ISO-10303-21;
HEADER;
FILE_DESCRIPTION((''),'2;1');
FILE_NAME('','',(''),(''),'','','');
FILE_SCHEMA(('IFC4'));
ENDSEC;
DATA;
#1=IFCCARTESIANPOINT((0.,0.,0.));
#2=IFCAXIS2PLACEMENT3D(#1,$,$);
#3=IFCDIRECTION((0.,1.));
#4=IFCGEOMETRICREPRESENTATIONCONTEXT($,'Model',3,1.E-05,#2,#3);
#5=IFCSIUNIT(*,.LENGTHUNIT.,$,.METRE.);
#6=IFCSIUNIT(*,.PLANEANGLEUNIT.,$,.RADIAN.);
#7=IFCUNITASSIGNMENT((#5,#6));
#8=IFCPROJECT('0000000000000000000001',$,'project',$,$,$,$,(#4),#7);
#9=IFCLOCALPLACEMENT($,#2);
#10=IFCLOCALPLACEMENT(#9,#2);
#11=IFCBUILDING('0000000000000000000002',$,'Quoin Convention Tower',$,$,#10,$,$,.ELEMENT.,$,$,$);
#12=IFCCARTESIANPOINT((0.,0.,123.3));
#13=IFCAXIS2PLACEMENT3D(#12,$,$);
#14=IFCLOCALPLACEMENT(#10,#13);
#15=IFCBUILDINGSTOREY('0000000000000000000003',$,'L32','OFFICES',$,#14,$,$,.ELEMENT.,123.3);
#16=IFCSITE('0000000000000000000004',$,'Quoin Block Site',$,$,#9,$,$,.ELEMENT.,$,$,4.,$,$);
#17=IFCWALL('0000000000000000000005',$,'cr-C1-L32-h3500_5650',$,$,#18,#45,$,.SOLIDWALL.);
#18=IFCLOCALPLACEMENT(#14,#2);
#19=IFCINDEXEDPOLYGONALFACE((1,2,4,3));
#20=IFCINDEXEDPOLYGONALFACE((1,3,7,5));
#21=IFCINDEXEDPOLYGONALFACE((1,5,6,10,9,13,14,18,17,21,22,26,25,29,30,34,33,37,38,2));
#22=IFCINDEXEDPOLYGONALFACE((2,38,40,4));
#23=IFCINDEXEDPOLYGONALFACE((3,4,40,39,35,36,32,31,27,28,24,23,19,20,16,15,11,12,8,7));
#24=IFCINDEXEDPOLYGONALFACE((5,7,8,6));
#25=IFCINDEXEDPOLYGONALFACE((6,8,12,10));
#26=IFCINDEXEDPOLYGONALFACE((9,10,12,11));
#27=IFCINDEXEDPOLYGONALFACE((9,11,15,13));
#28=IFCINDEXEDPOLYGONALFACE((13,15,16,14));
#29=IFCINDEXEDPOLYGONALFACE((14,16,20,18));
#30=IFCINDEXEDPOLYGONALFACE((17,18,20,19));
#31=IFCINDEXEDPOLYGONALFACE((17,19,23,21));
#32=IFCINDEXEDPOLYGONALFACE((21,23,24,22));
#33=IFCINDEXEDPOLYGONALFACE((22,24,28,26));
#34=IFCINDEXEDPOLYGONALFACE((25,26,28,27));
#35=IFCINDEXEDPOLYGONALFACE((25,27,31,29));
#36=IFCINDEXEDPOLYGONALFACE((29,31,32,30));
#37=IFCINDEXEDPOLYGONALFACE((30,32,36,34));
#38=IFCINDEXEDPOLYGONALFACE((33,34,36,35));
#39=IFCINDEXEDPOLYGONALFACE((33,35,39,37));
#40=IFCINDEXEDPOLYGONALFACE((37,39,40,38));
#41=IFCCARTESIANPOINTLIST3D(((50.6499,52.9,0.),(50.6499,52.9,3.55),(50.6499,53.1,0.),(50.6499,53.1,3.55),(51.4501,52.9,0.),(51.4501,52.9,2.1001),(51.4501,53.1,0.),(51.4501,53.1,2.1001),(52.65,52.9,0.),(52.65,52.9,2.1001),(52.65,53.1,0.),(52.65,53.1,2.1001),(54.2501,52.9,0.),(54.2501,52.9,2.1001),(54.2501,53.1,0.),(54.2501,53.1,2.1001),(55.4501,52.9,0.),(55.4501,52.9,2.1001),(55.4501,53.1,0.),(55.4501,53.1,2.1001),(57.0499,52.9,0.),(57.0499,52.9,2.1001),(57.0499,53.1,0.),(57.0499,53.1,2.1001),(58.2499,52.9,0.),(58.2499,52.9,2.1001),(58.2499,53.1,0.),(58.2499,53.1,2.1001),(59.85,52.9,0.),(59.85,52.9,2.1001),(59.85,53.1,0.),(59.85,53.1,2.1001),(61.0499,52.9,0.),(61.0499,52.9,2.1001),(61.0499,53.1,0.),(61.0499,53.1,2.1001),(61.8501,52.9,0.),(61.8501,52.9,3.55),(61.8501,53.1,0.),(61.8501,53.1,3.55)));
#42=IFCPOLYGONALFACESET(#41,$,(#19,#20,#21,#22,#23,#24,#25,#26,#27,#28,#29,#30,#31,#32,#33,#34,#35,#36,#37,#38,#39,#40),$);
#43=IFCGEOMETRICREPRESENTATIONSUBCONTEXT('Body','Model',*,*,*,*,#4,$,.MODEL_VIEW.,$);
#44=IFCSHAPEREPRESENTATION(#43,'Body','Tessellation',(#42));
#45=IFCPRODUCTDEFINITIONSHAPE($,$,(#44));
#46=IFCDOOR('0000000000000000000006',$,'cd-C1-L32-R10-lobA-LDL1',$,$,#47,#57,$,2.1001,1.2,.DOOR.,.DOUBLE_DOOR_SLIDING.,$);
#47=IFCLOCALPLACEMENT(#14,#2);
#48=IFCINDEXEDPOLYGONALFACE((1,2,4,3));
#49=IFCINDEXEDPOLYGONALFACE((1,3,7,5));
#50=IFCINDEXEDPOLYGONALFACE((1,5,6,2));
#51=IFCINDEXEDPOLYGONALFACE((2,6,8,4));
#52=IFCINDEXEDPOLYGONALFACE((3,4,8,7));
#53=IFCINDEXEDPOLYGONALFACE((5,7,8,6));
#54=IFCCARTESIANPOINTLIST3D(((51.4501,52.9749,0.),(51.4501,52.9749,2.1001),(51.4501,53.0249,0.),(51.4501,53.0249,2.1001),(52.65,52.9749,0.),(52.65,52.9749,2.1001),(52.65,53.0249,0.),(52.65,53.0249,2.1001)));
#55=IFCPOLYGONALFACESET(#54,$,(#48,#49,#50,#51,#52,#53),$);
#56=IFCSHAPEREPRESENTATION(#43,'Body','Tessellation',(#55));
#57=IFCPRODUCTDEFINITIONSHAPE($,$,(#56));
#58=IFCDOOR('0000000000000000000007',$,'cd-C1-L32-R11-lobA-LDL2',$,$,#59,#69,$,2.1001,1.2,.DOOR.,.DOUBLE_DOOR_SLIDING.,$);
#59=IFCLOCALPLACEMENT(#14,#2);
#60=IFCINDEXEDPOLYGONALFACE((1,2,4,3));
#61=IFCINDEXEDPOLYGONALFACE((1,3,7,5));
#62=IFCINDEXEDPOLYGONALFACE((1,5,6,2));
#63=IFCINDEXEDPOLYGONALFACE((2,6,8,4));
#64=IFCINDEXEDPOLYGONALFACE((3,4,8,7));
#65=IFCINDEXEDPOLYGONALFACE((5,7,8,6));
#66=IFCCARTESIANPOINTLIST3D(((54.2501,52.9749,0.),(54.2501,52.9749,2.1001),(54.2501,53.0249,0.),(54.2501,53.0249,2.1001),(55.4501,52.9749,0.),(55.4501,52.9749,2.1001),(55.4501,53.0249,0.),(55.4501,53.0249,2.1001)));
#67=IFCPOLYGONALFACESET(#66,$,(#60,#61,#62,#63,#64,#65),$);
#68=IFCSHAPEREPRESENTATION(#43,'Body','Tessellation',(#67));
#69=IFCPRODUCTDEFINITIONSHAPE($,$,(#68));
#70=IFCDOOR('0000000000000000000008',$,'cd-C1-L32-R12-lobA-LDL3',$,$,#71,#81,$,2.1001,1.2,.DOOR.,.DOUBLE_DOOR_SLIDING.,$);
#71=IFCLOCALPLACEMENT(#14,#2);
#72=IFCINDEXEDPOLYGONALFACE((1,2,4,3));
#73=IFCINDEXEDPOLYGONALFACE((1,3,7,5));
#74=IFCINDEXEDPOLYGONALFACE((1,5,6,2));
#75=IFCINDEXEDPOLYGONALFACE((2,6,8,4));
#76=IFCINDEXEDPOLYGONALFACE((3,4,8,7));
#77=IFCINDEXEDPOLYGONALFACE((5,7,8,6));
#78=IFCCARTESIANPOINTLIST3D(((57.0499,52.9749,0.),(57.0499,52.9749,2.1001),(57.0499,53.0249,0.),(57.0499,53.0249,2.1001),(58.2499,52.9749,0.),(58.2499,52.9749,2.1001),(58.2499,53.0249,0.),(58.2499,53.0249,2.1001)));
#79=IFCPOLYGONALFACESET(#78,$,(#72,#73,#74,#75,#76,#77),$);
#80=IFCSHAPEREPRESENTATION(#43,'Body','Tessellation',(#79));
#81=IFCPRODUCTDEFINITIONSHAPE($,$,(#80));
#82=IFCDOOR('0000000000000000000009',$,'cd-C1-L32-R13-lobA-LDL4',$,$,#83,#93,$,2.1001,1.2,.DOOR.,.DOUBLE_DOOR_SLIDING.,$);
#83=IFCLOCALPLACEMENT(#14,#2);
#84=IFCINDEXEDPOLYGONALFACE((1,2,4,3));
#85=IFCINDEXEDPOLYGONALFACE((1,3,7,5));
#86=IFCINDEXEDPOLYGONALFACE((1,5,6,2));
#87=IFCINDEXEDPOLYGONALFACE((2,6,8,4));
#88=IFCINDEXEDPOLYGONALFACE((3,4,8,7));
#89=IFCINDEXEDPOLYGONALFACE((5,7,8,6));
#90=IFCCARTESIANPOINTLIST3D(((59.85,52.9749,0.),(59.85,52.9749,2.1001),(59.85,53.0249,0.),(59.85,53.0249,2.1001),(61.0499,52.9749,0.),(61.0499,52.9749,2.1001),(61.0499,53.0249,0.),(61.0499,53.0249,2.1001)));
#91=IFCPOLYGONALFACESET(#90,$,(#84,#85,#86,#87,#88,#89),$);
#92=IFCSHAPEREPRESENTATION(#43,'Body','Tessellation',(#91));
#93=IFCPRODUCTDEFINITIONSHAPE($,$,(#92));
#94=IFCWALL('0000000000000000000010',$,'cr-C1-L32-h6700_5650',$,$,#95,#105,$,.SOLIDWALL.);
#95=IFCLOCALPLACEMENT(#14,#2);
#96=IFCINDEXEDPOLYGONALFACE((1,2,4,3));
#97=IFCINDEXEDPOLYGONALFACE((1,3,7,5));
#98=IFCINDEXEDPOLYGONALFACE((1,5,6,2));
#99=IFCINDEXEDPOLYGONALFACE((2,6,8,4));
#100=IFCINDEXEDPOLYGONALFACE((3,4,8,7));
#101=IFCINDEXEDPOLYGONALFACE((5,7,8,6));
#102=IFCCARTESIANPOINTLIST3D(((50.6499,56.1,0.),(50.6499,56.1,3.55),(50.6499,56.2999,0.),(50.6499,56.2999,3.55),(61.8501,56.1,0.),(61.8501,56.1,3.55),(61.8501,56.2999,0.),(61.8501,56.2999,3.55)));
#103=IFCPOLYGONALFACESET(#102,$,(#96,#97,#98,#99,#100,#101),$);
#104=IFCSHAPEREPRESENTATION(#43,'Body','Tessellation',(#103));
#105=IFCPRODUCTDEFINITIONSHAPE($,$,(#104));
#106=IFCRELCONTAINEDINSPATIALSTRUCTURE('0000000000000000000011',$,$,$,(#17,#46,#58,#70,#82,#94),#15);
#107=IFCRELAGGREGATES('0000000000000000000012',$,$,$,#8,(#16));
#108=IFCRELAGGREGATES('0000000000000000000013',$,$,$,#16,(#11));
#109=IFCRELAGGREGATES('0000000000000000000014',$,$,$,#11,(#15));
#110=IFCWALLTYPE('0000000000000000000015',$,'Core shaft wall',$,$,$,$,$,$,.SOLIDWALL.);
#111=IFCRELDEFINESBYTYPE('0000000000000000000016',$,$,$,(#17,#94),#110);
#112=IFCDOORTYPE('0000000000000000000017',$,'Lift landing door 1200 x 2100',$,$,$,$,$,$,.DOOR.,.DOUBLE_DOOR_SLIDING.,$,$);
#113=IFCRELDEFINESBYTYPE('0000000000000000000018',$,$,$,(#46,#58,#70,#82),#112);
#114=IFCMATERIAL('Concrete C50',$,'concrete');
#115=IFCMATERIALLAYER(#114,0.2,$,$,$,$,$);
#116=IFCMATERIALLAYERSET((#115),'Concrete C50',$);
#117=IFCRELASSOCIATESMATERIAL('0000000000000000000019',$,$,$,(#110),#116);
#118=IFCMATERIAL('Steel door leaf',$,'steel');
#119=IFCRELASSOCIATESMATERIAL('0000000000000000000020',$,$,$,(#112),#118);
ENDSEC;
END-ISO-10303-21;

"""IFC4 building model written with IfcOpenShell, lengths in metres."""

from ifc_helpers import new_model, si_unit, direction, frame, frame_2d, origin, place, context, subcontext, project, spatial, rectangle, extrude, material, layer, layer_set, type_object, element, fill, save


model = new_model("IFC4")

# Units and contexts
model_context = context("Model", 3, precision=1e-05, world=origin(), true_north=direction((0.0, 1.0)))
body_context = subcontext(model_context, "Body", "Model", "MODEL_VIEW")
ifc_project = project(units=[si_unit("LENGTHUNIT", "METRE"), si_unit("PLANEANGLEUNIT", "RADIAN")], contexts=[model_context])

# Site, building, storey
site_placement = place(None, origin())
site = spatial("IfcSite", under=ifc_project, at=site_placement, Name="Quoin Block Site", CompositionType="ELEMENT", RefElevation=4.0)
building_placement = place(site_placement, origin())
building = spatial("IfcBuilding", under=site, at=building_placement, Name="Quoin Convention Tower", CompositionType="ELEMENT")
storey_placement = place(building_placement, frame((0.0, 0.0, 123.3)))
storey = spatial("IfcBuildingStorey", under=building, at=storey_placement, Name="L32", Description="OFFICES", CompositionType="ELEMENT", Elevation=123.3)

# Wall, openings, doors
ifc_material_1 = material(Name="Concrete C50", Category="concrete")
ifc_layer_1 = layer(ifc_material_1, 0.2)
ifc_layer_set_1 = layer_set([ifc_layer_1], Name="Concrete C50")
wall_type_1 = type_object("IfcWallType", Name="Core shaft wall", PredefinedType="SOLIDWALL", material=ifc_layer_set_1)
wall_1_placement = place(storey_placement, frame((50.6499, 53.0, 0.0), z_axis=(0.0, 0.0, 1.0), x_axis=(1.0, 0.0, 0.0)))
wall_1 = element("IfcWall", 1, at=wall_1_placement, inside=storey, type_object=wall_type_1, Name="cr-C1-L32-h3500_5650", PredefinedType="SOLIDWALL", context=body_context, shape_type="SweptSolid", body=[
    extrude(rectangle(XDim=11.2002, YDim=0.2, at=frame_2d((5.6001, 0.0))), origin(), (0.0, 0.0, 1.0), 3.55),
])
opening_1_placement = place(wall_1_placement, frame((0.8, 0.0, 0.0)))
opening_1 = element("IfcOpeningElement", 2, at=opening_1_placement, cuts=wall_1, PredefinedType="OPENING", context=body_context, shape_type="SweptSolid", body=[
    extrude(rectangle(XDim=1.2, YDim=2.1001, at=frame_2d((0.6001, 1.05))), frame((0.0, 0.1099, 0.0), z_axis=(0.0, -1.0, 0.0), x_axis=(1.0, 0.0, 0.0)), (0.0, 0.0, 1.0), 0.22),
])
opening_2_placement = place(wall_1_placement, frame((3.6001, 0.0, 0.0)))
opening_2 = element("IfcOpeningElement", 3, at=opening_2_placement, cuts=wall_1, PredefinedType="OPENING", context=body_context, shape_type="SweptSolid", body=[
    extrude(rectangle(XDim=1.2, YDim=2.1001, at=frame_2d((0.6001, 1.05))), frame((0.0, 0.1099, 0.0), z_axis=(0.0, -1.0, 0.0), x_axis=(1.0, 0.0, 0.0)), (0.0, 0.0, 1.0), 0.22),
])
opening_3_placement = place(wall_1_placement, frame((6.3999, 0.0, 0.0)))
opening_3 = element("IfcOpeningElement", 4, at=opening_3_placement, cuts=wall_1, PredefinedType="OPENING", context=body_context, shape_type="SweptSolid", body=[
    extrude(rectangle(XDim=1.2, YDim=2.1001, at=frame_2d((0.6001, 1.05))), frame((0.0, 0.1099, 0.0), z_axis=(0.0, -1.0, 0.0), x_axis=(1.0, 0.0, 0.0)), (0.0, 0.0, 1.0), 0.22),
])
opening_4_placement = place(wall_1_placement, frame((9.2, 0.0, 0.0)))
opening_4 = element("IfcOpeningElement", 5, at=opening_4_placement, cuts=wall_1, PredefinedType="OPENING", context=body_context, shape_type="SweptSolid", body=[
    extrude(rectangle(XDim=1.2, YDim=2.1001, at=frame_2d((0.6001, 1.05))), frame((0.0, 0.1099, 0.0), z_axis=(0.0, -1.0, 0.0), x_axis=(1.0, 0.0, 0.0)), (0.0, 0.0, 1.0), 0.22),
])
ifc_material_2 = material(Name="Steel door leaf", Category="steel")
door_type = type_object("IfcDoorType", Name="Lift landing door 1200 x 2100", OperationType="DOUBLE_DOOR_SLIDING", PredefinedType="DOOR", material=ifc_material_2)
door_1_placement = place(opening_1_placement, origin())
door_1 = element("IfcDoor", 6, at=door_1_placement, inside=storey, type_object=door_type, Name="cd-C1-L32-R10-lobA-LDL1", OperationType="DOUBLE_DOOR_SLIDING", OverallHeight=2.1001, OverallWidth=1.2, PredefinedType="DOOR", context=body_context, shape_type="SweptSolid", body=[
    extrude(rectangle(XDim=1.2, YDim=2.1001, at=frame_2d((0.6001, 1.05))), frame((0.0, 0.0249, 0.0), z_axis=(0.0, -1.0, 0.0), x_axis=(1.0, 0.0, 0.0)), (0.0, 0.0, 1.0), 0.05),
])
fill(opening_1, door_1)
door_2_placement = place(opening_2_placement, origin())
door_2 = element("IfcDoor", 7, at=door_2_placement, inside=storey, type_object=door_type, Name="cd-C1-L32-R11-lobA-LDL2", OperationType="DOUBLE_DOOR_SLIDING", OverallHeight=2.1001, OverallWidth=1.2, PredefinedType="DOOR", context=body_context, shape_type="SweptSolid", body=[
    extrude(rectangle(XDim=1.2, YDim=2.1001, at=frame_2d((0.6001, 1.05))), frame((0.0, 0.0249, 0.0), z_axis=(0.0, -1.0, 0.0), x_axis=(1.0, 0.0, 0.0)), (0.0, 0.0, 1.0), 0.05),
])
fill(opening_2, door_2)
door_3_placement = place(opening_3_placement, origin())
door_3 = element("IfcDoor", 8, at=door_3_placement, inside=storey, type_object=door_type, Name="cd-C1-L32-R12-lobA-LDL3", OperationType="DOUBLE_DOOR_SLIDING", OverallHeight=2.1001, OverallWidth=1.2, PredefinedType="DOOR", context=body_context, shape_type="SweptSolid", body=[
    extrude(rectangle(XDim=1.2, YDim=2.1001, at=frame_2d((0.6001, 1.05))), frame((0.0, 0.0249, 0.0), z_axis=(0.0, -1.0, 0.0), x_axis=(1.0, 0.0, 0.0)), (0.0, 0.0, 1.0), 0.05),
])
fill(opening_3, door_3)
door_4_placement = place(opening_4_placement, origin())
door_4 = element("IfcDoor", 9, at=door_4_placement, inside=storey, type_object=door_type, Name="cd-C1-L32-R13-lobA-LDL4", OperationType="DOUBLE_DOOR_SLIDING", OverallHeight=2.1001, OverallWidth=1.2, PredefinedType="DOOR", context=body_context, shape_type="SweptSolid", body=[
    extrude(rectangle(XDim=1.2, YDim=2.1001, at=frame_2d((0.6001, 1.05))), frame((0.0, 0.0249, 0.0), z_axis=(0.0, -1.0, 0.0), x_axis=(1.0, 0.0, 0.0)), (0.0, 0.0, 1.0), 0.05),
])
fill(opening_4, door_4)

# Wall
wall_2_placement = place(storey_placement, frame((50.6499, 56.2, 0.0), z_axis=(0.0, 0.0, 1.0), x_axis=(1.0, 0.0, 0.0)))
element("IfcWall", 10, at=wall_2_placement, inside=storey, type_object=wall_type_1, Name="cr-C1-L32-h6700_5650", PredefinedType="SOLIDWALL", context=body_context, shape_type="SweptSolid", body=[
    extrude(rectangle(XDim=11.2002, YDim=0.2, at=frame_2d((5.6001, 0.0))), origin(), (0.0, 0.0, 1.0), 3.55),
])

save(model, "model.ifc")
